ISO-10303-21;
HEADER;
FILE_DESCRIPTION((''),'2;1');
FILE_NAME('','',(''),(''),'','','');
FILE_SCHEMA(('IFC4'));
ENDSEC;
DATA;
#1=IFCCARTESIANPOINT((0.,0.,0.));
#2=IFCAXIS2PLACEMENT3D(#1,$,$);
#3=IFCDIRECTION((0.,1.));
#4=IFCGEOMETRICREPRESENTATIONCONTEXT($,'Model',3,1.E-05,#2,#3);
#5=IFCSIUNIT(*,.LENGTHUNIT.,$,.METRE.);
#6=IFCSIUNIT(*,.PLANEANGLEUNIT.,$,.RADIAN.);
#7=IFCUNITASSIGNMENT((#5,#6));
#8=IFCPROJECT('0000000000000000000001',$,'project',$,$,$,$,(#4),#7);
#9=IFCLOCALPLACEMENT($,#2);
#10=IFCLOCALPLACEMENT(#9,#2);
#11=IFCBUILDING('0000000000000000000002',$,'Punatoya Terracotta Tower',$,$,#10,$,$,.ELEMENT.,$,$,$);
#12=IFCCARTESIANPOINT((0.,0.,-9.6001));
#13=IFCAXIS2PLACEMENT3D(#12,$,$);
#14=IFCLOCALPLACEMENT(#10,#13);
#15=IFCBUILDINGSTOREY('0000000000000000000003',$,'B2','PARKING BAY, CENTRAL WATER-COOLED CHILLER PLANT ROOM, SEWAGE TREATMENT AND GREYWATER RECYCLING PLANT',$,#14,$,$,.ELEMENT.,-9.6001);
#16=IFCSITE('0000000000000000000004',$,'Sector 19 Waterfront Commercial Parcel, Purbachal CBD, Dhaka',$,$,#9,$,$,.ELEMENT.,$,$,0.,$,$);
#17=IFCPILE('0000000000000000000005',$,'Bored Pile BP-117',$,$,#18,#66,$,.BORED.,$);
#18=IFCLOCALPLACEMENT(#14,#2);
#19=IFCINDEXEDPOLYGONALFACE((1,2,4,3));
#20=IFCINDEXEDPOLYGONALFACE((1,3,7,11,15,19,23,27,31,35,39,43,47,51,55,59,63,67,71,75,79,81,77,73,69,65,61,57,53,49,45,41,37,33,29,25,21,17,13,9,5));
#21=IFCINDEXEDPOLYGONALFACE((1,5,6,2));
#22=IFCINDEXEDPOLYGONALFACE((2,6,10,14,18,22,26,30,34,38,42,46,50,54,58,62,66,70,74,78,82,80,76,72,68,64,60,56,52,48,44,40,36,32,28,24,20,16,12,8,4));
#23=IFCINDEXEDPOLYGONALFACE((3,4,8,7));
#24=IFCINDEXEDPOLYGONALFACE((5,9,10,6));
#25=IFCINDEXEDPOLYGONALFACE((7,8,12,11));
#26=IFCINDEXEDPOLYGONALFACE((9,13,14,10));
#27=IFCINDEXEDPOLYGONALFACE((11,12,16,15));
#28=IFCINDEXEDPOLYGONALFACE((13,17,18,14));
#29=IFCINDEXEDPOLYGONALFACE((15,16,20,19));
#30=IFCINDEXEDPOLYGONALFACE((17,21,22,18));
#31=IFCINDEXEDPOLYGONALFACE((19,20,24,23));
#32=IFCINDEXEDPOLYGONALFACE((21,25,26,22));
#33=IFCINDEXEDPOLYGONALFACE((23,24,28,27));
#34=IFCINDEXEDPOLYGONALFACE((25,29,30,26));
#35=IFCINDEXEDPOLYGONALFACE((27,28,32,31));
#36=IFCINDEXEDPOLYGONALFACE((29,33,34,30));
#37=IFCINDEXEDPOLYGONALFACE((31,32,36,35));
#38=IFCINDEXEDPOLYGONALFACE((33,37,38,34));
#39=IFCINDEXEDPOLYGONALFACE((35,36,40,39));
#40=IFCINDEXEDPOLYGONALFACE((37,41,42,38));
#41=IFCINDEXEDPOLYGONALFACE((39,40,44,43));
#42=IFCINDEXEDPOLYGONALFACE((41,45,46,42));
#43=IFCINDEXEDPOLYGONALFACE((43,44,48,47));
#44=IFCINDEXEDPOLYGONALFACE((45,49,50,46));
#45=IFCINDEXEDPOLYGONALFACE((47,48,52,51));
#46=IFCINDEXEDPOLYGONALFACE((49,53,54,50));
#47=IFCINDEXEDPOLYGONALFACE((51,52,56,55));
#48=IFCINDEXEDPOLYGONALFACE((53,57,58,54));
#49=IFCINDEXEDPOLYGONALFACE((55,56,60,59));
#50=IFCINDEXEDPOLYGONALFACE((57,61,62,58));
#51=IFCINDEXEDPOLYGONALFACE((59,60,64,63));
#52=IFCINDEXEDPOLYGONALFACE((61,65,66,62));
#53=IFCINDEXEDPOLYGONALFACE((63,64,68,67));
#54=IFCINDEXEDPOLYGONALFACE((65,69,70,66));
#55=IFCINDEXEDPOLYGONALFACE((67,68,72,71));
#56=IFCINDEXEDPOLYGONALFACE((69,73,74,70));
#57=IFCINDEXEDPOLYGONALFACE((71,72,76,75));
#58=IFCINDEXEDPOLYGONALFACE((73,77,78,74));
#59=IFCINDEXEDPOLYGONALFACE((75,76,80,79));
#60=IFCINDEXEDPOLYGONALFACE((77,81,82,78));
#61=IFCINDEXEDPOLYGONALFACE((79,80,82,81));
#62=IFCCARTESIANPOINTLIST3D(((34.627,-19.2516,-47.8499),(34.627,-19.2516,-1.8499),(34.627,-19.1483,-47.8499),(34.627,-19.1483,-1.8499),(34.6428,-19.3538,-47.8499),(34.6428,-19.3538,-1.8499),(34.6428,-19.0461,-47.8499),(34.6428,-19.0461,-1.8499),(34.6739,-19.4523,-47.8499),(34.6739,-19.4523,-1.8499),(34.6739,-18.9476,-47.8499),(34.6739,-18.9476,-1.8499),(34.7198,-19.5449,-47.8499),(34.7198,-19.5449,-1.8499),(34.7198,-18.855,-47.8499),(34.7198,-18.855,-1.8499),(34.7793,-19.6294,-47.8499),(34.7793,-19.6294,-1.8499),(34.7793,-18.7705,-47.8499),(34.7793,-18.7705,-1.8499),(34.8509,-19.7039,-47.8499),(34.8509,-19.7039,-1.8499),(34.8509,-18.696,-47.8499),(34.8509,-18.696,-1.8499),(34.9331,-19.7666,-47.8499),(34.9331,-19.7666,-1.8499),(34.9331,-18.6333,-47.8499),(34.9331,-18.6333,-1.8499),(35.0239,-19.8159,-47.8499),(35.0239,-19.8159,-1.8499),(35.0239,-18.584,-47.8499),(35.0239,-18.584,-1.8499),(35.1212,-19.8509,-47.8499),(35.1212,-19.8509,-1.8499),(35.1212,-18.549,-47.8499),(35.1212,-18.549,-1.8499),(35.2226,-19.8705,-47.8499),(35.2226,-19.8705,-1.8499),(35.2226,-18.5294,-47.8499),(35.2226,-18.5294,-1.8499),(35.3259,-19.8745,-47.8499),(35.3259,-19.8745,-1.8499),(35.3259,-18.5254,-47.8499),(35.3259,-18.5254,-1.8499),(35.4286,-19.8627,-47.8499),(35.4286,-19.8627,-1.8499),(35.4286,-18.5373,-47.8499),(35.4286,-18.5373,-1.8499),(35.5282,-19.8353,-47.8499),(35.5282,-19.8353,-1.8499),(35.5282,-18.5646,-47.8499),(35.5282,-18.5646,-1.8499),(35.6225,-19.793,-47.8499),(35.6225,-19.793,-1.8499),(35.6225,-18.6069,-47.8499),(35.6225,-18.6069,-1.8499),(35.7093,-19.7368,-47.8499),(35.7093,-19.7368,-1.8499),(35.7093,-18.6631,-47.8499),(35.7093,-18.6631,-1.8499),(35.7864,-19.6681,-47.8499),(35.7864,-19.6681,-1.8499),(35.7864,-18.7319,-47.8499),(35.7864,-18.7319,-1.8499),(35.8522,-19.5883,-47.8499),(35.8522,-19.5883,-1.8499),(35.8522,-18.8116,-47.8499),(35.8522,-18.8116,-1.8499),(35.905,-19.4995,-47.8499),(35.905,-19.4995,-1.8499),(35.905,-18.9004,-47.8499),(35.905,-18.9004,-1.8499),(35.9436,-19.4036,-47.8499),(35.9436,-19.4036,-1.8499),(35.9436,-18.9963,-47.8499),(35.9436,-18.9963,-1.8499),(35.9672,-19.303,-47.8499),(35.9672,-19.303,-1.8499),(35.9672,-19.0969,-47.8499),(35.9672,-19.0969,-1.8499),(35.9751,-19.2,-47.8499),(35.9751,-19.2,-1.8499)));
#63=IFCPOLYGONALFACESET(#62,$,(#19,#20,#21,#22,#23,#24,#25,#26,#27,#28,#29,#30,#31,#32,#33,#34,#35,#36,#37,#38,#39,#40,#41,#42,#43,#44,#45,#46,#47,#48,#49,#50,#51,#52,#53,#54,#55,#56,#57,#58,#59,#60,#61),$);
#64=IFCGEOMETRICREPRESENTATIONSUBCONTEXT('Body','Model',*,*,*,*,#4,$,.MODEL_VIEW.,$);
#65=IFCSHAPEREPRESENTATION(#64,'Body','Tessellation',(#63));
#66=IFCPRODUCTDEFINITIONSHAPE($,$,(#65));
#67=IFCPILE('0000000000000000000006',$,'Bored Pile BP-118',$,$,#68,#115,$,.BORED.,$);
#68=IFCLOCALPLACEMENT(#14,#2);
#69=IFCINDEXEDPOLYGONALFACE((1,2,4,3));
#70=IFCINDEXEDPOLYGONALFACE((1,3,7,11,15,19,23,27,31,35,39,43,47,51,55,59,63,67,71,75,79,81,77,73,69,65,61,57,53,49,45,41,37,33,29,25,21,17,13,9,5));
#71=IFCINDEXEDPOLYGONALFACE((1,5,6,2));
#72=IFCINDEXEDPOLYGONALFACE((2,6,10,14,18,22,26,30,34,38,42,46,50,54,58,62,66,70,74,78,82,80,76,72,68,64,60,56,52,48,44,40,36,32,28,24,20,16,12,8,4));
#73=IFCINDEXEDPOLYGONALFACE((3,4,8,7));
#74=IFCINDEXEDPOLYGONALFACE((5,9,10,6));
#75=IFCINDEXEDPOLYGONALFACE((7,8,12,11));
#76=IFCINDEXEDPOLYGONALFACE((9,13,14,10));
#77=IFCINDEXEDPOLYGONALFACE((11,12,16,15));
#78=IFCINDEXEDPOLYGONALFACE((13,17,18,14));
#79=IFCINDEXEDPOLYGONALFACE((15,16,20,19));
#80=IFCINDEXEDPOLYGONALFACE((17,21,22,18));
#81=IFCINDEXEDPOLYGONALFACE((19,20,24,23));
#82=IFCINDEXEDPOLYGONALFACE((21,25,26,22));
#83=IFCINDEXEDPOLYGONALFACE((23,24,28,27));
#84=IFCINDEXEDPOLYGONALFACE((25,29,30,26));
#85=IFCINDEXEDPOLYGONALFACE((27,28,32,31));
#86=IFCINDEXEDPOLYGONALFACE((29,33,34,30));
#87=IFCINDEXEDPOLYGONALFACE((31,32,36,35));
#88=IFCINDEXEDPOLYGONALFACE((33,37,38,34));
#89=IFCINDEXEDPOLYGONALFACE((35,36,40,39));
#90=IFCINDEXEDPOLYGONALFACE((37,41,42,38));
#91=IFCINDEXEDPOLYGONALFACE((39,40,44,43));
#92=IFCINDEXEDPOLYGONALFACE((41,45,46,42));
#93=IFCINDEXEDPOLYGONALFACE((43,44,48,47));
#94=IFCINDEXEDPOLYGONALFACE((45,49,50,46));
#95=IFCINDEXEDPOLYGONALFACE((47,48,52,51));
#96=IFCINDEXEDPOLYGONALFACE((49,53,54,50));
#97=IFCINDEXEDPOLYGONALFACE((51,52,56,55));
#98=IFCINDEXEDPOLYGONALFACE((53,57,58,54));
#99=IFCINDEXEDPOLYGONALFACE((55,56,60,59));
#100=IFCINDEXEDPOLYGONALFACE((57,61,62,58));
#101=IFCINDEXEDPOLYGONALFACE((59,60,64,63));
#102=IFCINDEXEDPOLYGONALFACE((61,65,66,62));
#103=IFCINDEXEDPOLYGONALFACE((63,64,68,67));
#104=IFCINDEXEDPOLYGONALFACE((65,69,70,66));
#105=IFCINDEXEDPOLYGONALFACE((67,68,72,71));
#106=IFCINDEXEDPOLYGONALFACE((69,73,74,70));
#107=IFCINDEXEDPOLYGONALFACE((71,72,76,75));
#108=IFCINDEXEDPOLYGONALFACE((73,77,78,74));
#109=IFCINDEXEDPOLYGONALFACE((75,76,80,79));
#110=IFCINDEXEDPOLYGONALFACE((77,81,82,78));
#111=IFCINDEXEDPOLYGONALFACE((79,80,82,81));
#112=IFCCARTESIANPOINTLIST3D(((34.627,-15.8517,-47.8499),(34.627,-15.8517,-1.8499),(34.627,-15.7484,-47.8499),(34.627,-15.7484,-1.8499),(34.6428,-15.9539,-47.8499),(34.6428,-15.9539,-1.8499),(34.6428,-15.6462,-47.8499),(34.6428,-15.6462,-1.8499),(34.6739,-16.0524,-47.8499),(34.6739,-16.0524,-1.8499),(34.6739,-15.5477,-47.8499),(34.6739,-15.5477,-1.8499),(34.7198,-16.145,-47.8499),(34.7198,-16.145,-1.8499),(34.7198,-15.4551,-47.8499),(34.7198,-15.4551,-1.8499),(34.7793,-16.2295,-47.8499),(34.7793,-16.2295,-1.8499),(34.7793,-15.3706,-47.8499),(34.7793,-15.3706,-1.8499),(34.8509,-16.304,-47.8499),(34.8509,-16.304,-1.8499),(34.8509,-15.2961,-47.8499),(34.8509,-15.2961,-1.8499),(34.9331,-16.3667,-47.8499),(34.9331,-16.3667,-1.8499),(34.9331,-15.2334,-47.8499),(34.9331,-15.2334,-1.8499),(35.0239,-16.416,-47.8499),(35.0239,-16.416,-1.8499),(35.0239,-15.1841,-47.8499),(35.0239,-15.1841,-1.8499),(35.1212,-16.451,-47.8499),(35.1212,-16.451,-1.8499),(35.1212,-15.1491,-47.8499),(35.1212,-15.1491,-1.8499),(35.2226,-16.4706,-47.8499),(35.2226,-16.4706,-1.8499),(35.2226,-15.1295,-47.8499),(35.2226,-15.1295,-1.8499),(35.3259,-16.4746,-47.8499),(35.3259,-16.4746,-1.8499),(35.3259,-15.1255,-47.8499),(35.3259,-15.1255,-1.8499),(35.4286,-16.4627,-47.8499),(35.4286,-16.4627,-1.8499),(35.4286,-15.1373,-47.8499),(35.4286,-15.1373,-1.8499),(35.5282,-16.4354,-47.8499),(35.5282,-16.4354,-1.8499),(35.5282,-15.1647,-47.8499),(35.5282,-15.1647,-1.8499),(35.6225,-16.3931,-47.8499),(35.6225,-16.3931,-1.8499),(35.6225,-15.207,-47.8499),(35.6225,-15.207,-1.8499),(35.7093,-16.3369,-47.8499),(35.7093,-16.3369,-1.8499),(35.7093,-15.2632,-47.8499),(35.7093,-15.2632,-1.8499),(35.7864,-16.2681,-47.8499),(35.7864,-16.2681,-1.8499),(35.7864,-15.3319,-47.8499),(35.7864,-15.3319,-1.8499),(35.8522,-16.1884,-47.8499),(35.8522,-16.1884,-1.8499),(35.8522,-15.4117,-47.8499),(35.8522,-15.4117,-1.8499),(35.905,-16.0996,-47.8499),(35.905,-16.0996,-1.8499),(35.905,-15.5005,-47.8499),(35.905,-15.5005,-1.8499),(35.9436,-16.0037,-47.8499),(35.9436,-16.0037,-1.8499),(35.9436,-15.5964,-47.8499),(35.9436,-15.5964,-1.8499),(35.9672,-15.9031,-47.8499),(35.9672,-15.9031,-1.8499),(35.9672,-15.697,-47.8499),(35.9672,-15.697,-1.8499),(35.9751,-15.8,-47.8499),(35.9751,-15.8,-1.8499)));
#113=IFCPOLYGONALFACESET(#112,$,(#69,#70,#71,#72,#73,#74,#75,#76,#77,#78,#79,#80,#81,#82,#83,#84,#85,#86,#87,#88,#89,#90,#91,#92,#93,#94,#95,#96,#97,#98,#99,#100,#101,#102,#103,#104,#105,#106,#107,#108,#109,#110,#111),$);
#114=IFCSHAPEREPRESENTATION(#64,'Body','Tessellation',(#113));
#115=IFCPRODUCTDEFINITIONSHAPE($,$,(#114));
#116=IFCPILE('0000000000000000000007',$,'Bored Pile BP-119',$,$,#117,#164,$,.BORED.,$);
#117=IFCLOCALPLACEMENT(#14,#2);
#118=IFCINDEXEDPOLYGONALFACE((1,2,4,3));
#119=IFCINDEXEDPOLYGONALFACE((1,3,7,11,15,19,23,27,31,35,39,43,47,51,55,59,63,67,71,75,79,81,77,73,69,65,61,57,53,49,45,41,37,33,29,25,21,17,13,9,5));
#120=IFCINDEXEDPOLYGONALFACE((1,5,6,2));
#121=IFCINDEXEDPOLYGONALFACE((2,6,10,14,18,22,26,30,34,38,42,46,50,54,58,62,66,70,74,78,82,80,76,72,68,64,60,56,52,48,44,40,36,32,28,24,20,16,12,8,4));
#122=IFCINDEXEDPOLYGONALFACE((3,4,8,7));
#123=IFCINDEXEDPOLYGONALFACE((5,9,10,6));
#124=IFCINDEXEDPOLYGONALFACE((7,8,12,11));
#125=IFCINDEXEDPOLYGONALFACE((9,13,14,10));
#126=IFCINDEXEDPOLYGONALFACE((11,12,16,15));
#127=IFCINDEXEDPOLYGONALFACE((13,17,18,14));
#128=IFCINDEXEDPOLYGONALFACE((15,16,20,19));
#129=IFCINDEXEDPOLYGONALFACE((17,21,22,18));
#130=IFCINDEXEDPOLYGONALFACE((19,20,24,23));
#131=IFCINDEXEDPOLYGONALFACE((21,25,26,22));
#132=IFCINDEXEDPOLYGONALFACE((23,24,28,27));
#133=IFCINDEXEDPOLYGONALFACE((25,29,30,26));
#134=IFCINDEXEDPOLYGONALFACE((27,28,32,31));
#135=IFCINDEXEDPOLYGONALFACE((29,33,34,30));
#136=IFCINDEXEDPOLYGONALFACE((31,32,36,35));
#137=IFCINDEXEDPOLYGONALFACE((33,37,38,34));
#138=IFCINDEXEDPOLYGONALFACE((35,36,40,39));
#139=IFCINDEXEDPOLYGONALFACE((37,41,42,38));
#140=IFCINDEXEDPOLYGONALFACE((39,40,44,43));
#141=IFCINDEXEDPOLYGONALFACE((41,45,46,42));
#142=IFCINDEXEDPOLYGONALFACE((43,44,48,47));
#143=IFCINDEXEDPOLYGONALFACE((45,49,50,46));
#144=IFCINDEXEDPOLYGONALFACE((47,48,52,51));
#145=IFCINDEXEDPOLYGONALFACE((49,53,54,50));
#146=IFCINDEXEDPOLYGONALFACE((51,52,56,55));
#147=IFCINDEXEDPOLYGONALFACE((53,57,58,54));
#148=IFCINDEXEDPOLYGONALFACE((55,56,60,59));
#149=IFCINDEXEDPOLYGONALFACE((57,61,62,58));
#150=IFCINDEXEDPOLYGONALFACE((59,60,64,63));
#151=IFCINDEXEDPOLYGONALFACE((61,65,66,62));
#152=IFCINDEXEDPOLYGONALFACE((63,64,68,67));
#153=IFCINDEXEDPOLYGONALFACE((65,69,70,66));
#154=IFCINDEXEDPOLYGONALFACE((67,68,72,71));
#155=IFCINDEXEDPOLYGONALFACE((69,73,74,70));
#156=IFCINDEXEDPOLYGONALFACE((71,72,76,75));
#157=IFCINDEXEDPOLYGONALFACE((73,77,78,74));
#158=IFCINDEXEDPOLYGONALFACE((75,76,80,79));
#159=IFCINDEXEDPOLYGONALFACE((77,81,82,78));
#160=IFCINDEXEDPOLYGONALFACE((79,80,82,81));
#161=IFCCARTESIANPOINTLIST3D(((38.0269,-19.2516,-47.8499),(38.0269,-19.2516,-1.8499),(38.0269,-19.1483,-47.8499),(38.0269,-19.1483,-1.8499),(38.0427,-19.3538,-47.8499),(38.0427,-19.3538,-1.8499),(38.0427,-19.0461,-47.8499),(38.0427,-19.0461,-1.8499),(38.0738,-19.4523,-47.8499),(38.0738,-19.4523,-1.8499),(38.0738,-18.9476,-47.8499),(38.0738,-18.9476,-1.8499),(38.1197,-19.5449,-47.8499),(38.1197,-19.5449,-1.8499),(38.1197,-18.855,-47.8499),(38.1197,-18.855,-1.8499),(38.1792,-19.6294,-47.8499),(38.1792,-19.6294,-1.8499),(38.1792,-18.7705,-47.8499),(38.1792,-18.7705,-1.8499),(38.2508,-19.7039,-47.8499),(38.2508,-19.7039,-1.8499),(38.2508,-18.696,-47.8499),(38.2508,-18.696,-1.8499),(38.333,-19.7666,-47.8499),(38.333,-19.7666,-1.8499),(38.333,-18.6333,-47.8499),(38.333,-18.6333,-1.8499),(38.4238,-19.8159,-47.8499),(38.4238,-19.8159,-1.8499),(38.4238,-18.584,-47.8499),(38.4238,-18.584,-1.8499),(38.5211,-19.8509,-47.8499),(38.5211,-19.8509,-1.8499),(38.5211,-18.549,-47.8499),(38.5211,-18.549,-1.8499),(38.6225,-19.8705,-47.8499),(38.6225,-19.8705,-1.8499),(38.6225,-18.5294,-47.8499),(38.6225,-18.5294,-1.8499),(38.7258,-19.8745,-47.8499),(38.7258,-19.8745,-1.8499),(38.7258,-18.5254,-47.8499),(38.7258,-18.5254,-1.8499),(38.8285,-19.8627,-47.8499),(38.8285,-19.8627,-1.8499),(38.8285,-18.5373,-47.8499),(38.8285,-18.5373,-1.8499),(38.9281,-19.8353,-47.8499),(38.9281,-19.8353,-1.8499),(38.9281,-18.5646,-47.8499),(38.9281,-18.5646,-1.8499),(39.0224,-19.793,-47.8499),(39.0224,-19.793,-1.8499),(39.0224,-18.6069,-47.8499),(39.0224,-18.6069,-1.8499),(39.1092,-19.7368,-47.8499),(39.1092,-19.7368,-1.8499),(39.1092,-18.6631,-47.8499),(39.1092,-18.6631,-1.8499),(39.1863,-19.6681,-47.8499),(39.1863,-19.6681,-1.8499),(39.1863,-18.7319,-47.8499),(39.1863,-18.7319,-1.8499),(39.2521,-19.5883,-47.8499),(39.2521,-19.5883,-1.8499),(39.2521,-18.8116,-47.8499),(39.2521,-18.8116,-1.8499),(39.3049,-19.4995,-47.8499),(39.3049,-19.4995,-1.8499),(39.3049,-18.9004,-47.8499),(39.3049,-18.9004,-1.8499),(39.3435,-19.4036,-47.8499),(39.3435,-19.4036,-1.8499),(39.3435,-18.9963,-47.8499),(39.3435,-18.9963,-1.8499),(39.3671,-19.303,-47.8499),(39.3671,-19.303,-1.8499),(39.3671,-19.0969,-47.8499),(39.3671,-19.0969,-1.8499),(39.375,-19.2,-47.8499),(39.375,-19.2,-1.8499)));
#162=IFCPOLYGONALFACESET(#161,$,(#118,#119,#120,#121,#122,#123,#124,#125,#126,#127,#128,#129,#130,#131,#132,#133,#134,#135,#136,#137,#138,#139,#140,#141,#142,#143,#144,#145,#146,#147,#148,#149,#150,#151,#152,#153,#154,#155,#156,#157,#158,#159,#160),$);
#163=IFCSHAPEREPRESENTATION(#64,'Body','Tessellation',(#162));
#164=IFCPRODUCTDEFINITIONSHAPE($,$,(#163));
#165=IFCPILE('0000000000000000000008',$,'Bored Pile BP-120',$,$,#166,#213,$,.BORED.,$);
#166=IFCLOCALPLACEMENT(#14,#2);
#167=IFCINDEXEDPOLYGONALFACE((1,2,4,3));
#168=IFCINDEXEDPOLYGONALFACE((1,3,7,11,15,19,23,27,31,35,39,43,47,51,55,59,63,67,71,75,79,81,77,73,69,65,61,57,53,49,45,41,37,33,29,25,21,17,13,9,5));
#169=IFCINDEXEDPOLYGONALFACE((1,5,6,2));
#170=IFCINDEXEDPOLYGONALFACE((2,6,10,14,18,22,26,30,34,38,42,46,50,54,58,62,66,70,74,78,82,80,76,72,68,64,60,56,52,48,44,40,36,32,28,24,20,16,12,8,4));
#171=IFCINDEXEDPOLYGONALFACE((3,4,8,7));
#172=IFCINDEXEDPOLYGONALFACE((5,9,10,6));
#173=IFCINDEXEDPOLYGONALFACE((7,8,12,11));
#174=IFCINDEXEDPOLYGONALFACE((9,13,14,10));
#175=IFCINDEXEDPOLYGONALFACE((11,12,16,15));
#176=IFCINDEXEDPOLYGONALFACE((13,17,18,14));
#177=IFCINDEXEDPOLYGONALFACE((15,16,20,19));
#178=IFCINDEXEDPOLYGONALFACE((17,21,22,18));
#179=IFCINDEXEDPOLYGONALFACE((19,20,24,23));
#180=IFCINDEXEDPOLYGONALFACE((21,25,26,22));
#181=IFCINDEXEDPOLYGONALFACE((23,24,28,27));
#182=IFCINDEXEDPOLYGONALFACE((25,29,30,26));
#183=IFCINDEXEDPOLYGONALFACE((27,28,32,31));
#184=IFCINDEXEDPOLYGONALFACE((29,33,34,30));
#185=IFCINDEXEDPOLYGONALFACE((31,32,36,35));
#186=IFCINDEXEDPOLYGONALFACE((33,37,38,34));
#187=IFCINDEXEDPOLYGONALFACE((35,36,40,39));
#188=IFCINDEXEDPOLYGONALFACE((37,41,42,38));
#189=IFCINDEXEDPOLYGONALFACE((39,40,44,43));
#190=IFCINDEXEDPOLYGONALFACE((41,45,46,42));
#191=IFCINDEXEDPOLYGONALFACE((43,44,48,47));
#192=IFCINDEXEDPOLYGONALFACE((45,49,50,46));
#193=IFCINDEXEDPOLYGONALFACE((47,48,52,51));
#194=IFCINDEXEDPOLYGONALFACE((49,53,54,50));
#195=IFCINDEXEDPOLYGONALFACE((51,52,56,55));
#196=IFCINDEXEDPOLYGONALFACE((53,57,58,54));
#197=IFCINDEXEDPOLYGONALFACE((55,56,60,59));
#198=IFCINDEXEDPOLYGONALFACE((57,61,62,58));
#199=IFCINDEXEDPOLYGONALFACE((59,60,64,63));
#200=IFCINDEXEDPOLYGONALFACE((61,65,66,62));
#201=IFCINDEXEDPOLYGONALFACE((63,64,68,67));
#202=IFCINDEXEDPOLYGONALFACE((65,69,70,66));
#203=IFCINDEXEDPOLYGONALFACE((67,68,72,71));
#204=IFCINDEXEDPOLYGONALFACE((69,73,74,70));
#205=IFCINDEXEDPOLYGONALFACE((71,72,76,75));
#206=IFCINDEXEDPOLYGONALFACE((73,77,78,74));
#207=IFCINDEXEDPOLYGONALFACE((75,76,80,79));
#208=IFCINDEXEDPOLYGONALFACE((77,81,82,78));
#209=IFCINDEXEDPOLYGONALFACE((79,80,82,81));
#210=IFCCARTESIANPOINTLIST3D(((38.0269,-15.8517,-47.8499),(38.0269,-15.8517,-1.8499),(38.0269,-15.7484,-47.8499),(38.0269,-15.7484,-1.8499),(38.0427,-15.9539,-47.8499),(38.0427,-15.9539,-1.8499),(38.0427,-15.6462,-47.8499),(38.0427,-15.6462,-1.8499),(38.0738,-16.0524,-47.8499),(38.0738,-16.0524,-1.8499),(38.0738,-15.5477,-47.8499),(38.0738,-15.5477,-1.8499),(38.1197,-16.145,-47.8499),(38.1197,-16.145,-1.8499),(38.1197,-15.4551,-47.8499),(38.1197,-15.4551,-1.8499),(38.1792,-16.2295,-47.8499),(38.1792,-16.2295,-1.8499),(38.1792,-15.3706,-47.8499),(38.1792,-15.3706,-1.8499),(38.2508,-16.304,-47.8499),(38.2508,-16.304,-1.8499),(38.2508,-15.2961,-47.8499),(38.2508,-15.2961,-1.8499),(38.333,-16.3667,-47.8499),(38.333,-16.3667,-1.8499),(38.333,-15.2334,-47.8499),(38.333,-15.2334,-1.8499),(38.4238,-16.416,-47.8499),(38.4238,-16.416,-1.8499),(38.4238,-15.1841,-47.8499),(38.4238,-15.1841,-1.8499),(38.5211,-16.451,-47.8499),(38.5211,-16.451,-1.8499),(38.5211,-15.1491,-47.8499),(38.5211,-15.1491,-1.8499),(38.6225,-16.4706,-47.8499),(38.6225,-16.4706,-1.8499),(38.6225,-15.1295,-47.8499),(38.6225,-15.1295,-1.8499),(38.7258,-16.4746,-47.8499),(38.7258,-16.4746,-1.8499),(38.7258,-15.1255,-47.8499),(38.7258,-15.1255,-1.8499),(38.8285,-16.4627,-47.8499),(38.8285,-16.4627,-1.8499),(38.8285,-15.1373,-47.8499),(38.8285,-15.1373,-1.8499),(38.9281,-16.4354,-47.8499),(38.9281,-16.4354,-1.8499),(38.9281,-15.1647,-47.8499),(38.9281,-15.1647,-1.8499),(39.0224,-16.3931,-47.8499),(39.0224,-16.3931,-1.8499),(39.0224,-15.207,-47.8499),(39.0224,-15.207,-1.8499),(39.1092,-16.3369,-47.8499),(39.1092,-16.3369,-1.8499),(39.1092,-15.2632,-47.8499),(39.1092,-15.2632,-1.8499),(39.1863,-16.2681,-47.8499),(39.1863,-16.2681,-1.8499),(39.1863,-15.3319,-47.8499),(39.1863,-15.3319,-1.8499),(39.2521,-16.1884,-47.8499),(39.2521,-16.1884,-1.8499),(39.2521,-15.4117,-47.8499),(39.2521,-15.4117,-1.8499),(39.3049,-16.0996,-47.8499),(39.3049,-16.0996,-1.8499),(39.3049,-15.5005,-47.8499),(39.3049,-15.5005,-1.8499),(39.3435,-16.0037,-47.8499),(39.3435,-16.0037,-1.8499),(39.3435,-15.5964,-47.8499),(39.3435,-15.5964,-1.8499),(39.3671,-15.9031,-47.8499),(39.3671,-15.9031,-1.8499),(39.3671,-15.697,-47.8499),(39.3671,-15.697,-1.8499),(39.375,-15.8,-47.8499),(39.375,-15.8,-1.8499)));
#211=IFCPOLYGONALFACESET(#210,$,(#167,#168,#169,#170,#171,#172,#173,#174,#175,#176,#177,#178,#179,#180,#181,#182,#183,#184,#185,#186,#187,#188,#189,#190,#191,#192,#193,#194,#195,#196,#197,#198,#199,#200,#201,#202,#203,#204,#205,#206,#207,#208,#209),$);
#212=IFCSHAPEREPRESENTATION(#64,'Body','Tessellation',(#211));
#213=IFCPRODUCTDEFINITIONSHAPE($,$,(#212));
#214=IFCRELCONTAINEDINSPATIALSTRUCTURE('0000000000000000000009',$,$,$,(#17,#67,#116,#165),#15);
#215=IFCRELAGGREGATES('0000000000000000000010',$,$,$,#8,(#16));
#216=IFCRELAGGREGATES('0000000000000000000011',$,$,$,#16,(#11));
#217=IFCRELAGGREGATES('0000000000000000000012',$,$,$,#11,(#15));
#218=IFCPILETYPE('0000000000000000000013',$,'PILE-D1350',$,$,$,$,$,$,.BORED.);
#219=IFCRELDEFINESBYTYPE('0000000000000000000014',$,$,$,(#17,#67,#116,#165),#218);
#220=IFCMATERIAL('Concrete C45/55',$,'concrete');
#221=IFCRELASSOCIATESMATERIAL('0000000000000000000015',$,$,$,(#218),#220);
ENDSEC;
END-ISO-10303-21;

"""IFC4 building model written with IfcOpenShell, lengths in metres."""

from ifc_helpers import new_model, si_unit, direction, frame, origin, origin_2d, place, context, subcontext, project, spatial, circle, extrude, material, material_profile, profile_set, type_object, element, save


model = new_model("IFC4")

# Units and contexts
model_context = context("Model", 3, precision=1e-05, world=origin(), true_north=direction((0.0, 1.0)))
body_context = subcontext(model_context, "Body", "Model", "MODEL_VIEW")
ifc_project = project(units=[si_unit("LENGTHUNIT", "METRE"), si_unit("PLANEANGLEUNIT", "RADIAN")], contexts=[model_context])

# Site, building, storey
site_placement = place(None, origin())
site = spatial("IfcSite", under=ifc_project, at=site_placement, Name="Sector 19 Waterfront Commercial Parcel, Purbachal CBD, Dhaka", CompositionType="ELEMENT", RefElevation=0.0)
building_placement = place(site_placement, origin())
building = spatial("IfcBuilding", under=site, at=building_placement, Name="Punatoya Terracotta Tower", CompositionType="ELEMENT")
storey_placement = place(building_placement, frame((0.0, 0.0, -9.6001)))
storey = spatial("IfcBuildingStorey", under=building, at=storey_placement, Name="B2", Description="PARKING BAY, CENTRAL WATER-COOLED CHILLER PLANT ROOM, SEWAGE TREATMENT AND GREYWATER RECYCLING PLANT", CompositionType="ELEMENT", Elevation=-9.6001)

# Shared definitions
ifc_material_1 = material(Name="Concrete C45/55", Category="concrete")

# Piles
ifc_material_profile_1 = material_profile(ifc_material_1, circle(Radius=0.675, at=origin_2d()))
ifc_profile_set_1 = profile_set([ifc_material_profile_1], Name="Concrete C45/55")
pile_type_1 = type_object("IfcPileType", Name="PILE-D1350", PredefinedType="BORED", material=ifc_profile_set_1)
for number, where, z_axis, x_axis, name in (
    (1, (35.3, -19.2, -1.8499), (0.0, 0.0, -1.0), (1.0, 0.0, 0.0), "Bored Pile BP-117"),
    (2, (35.3, -15.8, -1.8499), (0.0, 0.0, -1.0), (1.0, 0.0, 0.0), "Bored Pile BP-118"),
    (3, (38.7, -19.2, -1.8499), (0.0, 0.0, -1.0), (1.0, 0.0, 0.0), "Bored Pile BP-119"),
    (4, (38.7, -15.8, -1.8499), (0.0, 0.0, -1.0), (1.0, 0.0, 0.0), "Bored Pile BP-120"),
):
    element("IfcPile", number, at=place(storey_placement, frame(where, z_axis=z_axis, x_axis=x_axis)), inside=storey, type_object=pile_type_1, Name=name, PredefinedType="BORED", context=body_context, shape_type="SweptSolid", body=[
        extrude(circle(Radius=0.675, at=origin_2d()), origin(), (0.0, 0.0, 1.0), 46.0),
    ])

save(model, "model.ifc")
